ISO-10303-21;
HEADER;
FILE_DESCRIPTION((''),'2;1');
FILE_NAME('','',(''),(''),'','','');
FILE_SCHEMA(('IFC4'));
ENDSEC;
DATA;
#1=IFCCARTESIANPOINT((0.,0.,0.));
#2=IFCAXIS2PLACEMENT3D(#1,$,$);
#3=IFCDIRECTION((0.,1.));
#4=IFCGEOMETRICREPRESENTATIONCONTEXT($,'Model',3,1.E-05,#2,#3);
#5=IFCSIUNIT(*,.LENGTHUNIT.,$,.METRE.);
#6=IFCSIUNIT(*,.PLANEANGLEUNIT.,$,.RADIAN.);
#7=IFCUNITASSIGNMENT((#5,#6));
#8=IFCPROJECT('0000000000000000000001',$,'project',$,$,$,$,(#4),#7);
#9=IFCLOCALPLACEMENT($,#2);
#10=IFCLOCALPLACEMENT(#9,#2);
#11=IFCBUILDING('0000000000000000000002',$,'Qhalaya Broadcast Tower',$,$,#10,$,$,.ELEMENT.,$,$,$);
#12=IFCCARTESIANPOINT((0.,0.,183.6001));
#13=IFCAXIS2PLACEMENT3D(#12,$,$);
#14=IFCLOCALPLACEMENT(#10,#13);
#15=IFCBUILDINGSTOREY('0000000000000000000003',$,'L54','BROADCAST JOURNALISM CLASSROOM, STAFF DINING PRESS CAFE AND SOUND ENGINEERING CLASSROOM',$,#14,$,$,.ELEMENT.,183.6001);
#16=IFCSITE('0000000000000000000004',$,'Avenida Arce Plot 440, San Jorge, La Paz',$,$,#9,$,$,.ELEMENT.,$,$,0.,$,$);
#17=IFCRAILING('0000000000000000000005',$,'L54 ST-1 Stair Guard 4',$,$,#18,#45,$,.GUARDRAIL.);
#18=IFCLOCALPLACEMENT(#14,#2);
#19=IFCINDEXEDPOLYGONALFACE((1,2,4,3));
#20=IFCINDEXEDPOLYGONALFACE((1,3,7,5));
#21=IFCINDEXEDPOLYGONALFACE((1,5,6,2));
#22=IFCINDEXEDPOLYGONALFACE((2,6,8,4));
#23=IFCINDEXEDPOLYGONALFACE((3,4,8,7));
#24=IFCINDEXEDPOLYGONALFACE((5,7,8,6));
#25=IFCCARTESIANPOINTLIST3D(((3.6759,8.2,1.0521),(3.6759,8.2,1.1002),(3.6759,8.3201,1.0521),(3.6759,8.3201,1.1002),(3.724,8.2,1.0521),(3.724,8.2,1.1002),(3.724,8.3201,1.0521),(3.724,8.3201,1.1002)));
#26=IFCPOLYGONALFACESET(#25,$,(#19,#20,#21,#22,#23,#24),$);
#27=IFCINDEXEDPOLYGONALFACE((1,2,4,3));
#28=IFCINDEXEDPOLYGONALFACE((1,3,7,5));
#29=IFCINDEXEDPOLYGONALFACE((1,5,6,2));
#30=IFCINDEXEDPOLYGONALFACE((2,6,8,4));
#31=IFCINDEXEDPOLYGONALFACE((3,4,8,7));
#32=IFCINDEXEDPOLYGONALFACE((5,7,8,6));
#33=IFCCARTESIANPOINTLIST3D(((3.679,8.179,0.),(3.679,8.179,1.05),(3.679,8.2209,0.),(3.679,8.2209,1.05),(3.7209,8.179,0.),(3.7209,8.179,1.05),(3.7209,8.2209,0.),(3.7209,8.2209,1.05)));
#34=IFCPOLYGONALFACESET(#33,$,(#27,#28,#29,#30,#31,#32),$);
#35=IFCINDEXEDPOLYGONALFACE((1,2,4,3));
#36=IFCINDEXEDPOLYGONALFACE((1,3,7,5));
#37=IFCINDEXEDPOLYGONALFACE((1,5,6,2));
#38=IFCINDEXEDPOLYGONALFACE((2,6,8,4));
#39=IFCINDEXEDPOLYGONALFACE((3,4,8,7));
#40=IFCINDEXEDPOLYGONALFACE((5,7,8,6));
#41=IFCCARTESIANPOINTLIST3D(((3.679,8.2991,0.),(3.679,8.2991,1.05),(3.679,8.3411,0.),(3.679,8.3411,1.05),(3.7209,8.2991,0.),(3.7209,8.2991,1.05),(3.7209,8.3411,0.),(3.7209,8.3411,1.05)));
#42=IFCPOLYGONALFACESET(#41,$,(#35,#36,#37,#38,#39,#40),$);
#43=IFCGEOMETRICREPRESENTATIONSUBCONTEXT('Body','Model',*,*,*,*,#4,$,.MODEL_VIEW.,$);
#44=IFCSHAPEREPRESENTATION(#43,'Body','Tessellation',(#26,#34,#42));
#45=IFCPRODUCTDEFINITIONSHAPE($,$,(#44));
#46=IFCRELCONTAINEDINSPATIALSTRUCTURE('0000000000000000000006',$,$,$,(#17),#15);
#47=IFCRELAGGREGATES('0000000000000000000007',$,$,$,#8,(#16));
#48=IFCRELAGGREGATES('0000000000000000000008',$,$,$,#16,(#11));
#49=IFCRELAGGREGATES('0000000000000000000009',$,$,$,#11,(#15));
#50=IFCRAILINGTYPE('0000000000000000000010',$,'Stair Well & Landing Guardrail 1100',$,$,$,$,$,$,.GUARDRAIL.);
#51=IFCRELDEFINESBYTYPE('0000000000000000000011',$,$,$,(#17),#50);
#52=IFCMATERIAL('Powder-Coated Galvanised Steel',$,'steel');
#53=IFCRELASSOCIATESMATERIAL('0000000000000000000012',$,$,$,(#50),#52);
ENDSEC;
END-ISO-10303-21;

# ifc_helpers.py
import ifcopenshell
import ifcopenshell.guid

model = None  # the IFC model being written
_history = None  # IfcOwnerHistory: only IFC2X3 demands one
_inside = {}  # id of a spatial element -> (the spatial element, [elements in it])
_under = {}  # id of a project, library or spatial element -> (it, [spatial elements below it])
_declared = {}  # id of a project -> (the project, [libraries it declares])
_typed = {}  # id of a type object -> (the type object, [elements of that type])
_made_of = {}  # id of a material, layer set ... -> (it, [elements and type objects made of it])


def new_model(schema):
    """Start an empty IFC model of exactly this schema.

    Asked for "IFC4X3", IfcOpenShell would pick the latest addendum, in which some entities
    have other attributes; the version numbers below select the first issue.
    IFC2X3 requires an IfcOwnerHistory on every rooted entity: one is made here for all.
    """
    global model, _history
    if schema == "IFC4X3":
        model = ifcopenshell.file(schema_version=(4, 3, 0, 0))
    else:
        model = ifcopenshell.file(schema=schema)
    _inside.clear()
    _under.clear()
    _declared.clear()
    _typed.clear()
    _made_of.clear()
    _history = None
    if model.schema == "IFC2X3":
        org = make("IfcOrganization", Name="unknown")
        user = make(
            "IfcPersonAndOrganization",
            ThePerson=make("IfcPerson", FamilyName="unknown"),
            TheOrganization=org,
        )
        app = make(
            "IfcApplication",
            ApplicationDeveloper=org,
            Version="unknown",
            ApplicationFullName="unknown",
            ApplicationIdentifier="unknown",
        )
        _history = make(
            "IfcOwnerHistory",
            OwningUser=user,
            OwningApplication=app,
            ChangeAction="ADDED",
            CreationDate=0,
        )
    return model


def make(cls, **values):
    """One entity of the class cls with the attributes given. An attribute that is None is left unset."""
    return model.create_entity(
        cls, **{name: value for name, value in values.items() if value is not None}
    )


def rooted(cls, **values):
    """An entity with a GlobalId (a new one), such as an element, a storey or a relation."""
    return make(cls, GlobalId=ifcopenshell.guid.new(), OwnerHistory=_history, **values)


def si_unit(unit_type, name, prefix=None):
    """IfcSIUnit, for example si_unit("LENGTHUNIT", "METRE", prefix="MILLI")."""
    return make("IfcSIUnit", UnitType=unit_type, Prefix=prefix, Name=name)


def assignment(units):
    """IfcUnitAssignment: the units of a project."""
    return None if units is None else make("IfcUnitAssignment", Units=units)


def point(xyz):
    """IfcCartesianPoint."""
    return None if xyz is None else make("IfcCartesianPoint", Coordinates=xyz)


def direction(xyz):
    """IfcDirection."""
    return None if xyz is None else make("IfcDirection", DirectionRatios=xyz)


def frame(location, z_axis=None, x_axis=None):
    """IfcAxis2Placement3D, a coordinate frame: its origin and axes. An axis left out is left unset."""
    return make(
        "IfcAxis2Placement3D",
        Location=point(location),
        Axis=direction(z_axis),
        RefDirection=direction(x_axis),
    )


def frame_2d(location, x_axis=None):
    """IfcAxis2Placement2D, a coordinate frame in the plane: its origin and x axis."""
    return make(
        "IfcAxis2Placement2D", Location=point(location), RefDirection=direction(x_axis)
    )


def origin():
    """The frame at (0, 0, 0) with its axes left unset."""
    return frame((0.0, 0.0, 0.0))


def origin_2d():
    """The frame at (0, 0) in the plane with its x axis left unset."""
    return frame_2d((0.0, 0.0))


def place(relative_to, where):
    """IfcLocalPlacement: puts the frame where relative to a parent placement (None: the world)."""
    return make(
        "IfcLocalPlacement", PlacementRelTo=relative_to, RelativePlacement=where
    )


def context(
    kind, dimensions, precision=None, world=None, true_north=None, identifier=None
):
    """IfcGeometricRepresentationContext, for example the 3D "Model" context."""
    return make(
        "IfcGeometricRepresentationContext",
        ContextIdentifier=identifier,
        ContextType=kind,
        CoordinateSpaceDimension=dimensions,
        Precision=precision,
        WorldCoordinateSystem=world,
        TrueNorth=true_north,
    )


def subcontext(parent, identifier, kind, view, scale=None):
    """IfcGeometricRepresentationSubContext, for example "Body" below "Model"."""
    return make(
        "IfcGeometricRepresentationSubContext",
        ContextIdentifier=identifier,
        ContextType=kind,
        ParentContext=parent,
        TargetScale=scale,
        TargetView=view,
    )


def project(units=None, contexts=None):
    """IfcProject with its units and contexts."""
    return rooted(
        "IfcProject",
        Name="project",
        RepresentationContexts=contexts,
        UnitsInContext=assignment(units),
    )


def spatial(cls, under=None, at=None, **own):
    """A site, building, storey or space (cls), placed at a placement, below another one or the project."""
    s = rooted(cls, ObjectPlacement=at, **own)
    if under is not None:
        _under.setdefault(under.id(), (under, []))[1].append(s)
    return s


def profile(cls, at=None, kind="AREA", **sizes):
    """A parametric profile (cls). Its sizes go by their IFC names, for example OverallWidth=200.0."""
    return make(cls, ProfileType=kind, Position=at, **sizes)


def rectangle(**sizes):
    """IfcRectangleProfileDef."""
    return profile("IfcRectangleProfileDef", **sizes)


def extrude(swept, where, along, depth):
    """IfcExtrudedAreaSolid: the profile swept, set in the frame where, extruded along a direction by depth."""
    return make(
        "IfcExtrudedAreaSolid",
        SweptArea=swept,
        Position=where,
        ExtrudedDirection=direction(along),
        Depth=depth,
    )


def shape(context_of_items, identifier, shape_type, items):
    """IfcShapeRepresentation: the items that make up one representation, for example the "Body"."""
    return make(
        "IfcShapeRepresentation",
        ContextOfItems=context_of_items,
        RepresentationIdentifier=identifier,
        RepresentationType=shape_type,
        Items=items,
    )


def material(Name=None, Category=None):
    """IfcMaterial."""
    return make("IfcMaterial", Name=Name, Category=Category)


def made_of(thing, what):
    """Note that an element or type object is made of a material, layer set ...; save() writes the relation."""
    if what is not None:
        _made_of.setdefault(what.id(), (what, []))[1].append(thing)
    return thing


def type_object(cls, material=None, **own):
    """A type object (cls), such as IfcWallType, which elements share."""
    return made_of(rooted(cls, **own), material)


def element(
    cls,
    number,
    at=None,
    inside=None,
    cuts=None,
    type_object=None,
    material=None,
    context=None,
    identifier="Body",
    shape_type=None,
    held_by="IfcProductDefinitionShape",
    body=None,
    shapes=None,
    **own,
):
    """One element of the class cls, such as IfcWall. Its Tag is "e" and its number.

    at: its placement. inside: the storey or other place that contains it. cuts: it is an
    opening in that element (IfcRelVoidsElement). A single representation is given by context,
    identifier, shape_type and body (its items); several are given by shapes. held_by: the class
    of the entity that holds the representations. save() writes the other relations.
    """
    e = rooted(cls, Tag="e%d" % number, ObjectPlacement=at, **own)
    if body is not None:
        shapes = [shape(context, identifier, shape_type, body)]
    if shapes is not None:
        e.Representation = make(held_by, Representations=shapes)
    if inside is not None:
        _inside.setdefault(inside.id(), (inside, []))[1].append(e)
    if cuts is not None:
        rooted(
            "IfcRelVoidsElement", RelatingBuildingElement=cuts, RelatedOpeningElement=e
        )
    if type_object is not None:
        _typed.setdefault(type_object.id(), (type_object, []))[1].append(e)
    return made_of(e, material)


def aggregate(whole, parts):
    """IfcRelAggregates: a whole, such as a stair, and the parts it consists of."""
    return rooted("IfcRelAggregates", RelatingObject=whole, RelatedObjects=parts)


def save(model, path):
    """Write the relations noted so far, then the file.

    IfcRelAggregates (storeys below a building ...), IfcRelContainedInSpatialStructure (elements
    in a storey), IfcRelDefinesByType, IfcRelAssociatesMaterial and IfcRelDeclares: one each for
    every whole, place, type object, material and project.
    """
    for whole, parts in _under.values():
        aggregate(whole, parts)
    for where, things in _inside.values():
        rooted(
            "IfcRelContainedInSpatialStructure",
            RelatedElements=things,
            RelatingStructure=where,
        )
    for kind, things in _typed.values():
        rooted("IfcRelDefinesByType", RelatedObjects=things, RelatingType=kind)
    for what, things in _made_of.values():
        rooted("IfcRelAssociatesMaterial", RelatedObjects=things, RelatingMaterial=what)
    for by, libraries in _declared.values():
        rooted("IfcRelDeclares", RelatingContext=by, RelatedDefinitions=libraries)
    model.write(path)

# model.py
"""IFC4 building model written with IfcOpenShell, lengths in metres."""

from ifc_helpers import new_model, si_unit, direction, frame, origin, origin_2d, place, context, subcontext, project, spatial, rectangle, extrude, material, type_object, element, save


model = new_model("IFC4")

# Units and contexts
model_context = context("Model", 3, precision=1e-05, world=origin(), true_north=direction((0.0, 1.0)))
body_context = subcontext(model_context, "Body", "Model", "MODEL_VIEW")
ifc_project = project(units=[si_unit("LENGTHUNIT", "METRE"), si_unit("PLANEANGLEUNIT", "RADIAN")], contexts=[model_context])

# Site, building, storey
site_placement = place(None, origin())
site = spatial("IfcSite", under=ifc_project, at=site_placement, Name="Avenida Arce Plot 440, San Jorge, La Paz", CompositionType="ELEMENT", RefElevation=0.0)
building_placement = place(site_placement, origin())
building = spatial("IfcBuilding", under=site, at=building_placement, Name="Qhalaya Broadcast Tower", CompositionType="ELEMENT")
storey_placement = place(building_placement, frame((0.0, 0.0, 183.6001)))
storey = spatial("IfcBuildingStorey", under=building, at=storey_placement, Name="L54", Description="BROADCAST JOURNALISM CLASSROOM, STAFF DINING PRESS CAFE AND SOUND ENGINEERING CLASSROOM", CompositionType="ELEMENT", Elevation=183.6001)

# Railing
ifc_material_1 = material(Name="Powder-Coated Galvanised Steel", Category="steel")
railing_type_1 = type_object("IfcRailingType", Name="Stair Well & Landing Guardrail 1100", PredefinedType="GUARDRAIL", material=ifc_material_1)
railing_1_placement = place(storey_placement, frame((3.7, 8.2, 0.0)))
element("IfcRailing", 1, at=railing_1_placement, inside=storey, type_object=railing_type_1, Name="L54 ST-1 Stair Guard 4", PredefinedType="GUARDRAIL", context=body_context, shape_type="SweptSolid", body=[
    extrude(rectangle(XDim=0.0481, YDim=0.0481, at=origin_2d()), frame((0.0, 0.0, 1.0762), z_axis=(0.0, 1.0, 0.0), x_axis=(-1.0, 0.0, 0.0)), (0.0, 0.0, 1.0), 0.1201),
    extrude(rectangle(XDim=0.042, YDim=0.042, at=origin_2d()), origin(), (0.0, 0.0, 1.0), 1.05),
    extrude(rectangle(XDim=0.042, YDim=0.042, at=origin_2d()), frame((0.0, 0.1201, 0.0)), (0.0, 0.0, 1.0), 1.05),
])

save(model, "model.ifc")
